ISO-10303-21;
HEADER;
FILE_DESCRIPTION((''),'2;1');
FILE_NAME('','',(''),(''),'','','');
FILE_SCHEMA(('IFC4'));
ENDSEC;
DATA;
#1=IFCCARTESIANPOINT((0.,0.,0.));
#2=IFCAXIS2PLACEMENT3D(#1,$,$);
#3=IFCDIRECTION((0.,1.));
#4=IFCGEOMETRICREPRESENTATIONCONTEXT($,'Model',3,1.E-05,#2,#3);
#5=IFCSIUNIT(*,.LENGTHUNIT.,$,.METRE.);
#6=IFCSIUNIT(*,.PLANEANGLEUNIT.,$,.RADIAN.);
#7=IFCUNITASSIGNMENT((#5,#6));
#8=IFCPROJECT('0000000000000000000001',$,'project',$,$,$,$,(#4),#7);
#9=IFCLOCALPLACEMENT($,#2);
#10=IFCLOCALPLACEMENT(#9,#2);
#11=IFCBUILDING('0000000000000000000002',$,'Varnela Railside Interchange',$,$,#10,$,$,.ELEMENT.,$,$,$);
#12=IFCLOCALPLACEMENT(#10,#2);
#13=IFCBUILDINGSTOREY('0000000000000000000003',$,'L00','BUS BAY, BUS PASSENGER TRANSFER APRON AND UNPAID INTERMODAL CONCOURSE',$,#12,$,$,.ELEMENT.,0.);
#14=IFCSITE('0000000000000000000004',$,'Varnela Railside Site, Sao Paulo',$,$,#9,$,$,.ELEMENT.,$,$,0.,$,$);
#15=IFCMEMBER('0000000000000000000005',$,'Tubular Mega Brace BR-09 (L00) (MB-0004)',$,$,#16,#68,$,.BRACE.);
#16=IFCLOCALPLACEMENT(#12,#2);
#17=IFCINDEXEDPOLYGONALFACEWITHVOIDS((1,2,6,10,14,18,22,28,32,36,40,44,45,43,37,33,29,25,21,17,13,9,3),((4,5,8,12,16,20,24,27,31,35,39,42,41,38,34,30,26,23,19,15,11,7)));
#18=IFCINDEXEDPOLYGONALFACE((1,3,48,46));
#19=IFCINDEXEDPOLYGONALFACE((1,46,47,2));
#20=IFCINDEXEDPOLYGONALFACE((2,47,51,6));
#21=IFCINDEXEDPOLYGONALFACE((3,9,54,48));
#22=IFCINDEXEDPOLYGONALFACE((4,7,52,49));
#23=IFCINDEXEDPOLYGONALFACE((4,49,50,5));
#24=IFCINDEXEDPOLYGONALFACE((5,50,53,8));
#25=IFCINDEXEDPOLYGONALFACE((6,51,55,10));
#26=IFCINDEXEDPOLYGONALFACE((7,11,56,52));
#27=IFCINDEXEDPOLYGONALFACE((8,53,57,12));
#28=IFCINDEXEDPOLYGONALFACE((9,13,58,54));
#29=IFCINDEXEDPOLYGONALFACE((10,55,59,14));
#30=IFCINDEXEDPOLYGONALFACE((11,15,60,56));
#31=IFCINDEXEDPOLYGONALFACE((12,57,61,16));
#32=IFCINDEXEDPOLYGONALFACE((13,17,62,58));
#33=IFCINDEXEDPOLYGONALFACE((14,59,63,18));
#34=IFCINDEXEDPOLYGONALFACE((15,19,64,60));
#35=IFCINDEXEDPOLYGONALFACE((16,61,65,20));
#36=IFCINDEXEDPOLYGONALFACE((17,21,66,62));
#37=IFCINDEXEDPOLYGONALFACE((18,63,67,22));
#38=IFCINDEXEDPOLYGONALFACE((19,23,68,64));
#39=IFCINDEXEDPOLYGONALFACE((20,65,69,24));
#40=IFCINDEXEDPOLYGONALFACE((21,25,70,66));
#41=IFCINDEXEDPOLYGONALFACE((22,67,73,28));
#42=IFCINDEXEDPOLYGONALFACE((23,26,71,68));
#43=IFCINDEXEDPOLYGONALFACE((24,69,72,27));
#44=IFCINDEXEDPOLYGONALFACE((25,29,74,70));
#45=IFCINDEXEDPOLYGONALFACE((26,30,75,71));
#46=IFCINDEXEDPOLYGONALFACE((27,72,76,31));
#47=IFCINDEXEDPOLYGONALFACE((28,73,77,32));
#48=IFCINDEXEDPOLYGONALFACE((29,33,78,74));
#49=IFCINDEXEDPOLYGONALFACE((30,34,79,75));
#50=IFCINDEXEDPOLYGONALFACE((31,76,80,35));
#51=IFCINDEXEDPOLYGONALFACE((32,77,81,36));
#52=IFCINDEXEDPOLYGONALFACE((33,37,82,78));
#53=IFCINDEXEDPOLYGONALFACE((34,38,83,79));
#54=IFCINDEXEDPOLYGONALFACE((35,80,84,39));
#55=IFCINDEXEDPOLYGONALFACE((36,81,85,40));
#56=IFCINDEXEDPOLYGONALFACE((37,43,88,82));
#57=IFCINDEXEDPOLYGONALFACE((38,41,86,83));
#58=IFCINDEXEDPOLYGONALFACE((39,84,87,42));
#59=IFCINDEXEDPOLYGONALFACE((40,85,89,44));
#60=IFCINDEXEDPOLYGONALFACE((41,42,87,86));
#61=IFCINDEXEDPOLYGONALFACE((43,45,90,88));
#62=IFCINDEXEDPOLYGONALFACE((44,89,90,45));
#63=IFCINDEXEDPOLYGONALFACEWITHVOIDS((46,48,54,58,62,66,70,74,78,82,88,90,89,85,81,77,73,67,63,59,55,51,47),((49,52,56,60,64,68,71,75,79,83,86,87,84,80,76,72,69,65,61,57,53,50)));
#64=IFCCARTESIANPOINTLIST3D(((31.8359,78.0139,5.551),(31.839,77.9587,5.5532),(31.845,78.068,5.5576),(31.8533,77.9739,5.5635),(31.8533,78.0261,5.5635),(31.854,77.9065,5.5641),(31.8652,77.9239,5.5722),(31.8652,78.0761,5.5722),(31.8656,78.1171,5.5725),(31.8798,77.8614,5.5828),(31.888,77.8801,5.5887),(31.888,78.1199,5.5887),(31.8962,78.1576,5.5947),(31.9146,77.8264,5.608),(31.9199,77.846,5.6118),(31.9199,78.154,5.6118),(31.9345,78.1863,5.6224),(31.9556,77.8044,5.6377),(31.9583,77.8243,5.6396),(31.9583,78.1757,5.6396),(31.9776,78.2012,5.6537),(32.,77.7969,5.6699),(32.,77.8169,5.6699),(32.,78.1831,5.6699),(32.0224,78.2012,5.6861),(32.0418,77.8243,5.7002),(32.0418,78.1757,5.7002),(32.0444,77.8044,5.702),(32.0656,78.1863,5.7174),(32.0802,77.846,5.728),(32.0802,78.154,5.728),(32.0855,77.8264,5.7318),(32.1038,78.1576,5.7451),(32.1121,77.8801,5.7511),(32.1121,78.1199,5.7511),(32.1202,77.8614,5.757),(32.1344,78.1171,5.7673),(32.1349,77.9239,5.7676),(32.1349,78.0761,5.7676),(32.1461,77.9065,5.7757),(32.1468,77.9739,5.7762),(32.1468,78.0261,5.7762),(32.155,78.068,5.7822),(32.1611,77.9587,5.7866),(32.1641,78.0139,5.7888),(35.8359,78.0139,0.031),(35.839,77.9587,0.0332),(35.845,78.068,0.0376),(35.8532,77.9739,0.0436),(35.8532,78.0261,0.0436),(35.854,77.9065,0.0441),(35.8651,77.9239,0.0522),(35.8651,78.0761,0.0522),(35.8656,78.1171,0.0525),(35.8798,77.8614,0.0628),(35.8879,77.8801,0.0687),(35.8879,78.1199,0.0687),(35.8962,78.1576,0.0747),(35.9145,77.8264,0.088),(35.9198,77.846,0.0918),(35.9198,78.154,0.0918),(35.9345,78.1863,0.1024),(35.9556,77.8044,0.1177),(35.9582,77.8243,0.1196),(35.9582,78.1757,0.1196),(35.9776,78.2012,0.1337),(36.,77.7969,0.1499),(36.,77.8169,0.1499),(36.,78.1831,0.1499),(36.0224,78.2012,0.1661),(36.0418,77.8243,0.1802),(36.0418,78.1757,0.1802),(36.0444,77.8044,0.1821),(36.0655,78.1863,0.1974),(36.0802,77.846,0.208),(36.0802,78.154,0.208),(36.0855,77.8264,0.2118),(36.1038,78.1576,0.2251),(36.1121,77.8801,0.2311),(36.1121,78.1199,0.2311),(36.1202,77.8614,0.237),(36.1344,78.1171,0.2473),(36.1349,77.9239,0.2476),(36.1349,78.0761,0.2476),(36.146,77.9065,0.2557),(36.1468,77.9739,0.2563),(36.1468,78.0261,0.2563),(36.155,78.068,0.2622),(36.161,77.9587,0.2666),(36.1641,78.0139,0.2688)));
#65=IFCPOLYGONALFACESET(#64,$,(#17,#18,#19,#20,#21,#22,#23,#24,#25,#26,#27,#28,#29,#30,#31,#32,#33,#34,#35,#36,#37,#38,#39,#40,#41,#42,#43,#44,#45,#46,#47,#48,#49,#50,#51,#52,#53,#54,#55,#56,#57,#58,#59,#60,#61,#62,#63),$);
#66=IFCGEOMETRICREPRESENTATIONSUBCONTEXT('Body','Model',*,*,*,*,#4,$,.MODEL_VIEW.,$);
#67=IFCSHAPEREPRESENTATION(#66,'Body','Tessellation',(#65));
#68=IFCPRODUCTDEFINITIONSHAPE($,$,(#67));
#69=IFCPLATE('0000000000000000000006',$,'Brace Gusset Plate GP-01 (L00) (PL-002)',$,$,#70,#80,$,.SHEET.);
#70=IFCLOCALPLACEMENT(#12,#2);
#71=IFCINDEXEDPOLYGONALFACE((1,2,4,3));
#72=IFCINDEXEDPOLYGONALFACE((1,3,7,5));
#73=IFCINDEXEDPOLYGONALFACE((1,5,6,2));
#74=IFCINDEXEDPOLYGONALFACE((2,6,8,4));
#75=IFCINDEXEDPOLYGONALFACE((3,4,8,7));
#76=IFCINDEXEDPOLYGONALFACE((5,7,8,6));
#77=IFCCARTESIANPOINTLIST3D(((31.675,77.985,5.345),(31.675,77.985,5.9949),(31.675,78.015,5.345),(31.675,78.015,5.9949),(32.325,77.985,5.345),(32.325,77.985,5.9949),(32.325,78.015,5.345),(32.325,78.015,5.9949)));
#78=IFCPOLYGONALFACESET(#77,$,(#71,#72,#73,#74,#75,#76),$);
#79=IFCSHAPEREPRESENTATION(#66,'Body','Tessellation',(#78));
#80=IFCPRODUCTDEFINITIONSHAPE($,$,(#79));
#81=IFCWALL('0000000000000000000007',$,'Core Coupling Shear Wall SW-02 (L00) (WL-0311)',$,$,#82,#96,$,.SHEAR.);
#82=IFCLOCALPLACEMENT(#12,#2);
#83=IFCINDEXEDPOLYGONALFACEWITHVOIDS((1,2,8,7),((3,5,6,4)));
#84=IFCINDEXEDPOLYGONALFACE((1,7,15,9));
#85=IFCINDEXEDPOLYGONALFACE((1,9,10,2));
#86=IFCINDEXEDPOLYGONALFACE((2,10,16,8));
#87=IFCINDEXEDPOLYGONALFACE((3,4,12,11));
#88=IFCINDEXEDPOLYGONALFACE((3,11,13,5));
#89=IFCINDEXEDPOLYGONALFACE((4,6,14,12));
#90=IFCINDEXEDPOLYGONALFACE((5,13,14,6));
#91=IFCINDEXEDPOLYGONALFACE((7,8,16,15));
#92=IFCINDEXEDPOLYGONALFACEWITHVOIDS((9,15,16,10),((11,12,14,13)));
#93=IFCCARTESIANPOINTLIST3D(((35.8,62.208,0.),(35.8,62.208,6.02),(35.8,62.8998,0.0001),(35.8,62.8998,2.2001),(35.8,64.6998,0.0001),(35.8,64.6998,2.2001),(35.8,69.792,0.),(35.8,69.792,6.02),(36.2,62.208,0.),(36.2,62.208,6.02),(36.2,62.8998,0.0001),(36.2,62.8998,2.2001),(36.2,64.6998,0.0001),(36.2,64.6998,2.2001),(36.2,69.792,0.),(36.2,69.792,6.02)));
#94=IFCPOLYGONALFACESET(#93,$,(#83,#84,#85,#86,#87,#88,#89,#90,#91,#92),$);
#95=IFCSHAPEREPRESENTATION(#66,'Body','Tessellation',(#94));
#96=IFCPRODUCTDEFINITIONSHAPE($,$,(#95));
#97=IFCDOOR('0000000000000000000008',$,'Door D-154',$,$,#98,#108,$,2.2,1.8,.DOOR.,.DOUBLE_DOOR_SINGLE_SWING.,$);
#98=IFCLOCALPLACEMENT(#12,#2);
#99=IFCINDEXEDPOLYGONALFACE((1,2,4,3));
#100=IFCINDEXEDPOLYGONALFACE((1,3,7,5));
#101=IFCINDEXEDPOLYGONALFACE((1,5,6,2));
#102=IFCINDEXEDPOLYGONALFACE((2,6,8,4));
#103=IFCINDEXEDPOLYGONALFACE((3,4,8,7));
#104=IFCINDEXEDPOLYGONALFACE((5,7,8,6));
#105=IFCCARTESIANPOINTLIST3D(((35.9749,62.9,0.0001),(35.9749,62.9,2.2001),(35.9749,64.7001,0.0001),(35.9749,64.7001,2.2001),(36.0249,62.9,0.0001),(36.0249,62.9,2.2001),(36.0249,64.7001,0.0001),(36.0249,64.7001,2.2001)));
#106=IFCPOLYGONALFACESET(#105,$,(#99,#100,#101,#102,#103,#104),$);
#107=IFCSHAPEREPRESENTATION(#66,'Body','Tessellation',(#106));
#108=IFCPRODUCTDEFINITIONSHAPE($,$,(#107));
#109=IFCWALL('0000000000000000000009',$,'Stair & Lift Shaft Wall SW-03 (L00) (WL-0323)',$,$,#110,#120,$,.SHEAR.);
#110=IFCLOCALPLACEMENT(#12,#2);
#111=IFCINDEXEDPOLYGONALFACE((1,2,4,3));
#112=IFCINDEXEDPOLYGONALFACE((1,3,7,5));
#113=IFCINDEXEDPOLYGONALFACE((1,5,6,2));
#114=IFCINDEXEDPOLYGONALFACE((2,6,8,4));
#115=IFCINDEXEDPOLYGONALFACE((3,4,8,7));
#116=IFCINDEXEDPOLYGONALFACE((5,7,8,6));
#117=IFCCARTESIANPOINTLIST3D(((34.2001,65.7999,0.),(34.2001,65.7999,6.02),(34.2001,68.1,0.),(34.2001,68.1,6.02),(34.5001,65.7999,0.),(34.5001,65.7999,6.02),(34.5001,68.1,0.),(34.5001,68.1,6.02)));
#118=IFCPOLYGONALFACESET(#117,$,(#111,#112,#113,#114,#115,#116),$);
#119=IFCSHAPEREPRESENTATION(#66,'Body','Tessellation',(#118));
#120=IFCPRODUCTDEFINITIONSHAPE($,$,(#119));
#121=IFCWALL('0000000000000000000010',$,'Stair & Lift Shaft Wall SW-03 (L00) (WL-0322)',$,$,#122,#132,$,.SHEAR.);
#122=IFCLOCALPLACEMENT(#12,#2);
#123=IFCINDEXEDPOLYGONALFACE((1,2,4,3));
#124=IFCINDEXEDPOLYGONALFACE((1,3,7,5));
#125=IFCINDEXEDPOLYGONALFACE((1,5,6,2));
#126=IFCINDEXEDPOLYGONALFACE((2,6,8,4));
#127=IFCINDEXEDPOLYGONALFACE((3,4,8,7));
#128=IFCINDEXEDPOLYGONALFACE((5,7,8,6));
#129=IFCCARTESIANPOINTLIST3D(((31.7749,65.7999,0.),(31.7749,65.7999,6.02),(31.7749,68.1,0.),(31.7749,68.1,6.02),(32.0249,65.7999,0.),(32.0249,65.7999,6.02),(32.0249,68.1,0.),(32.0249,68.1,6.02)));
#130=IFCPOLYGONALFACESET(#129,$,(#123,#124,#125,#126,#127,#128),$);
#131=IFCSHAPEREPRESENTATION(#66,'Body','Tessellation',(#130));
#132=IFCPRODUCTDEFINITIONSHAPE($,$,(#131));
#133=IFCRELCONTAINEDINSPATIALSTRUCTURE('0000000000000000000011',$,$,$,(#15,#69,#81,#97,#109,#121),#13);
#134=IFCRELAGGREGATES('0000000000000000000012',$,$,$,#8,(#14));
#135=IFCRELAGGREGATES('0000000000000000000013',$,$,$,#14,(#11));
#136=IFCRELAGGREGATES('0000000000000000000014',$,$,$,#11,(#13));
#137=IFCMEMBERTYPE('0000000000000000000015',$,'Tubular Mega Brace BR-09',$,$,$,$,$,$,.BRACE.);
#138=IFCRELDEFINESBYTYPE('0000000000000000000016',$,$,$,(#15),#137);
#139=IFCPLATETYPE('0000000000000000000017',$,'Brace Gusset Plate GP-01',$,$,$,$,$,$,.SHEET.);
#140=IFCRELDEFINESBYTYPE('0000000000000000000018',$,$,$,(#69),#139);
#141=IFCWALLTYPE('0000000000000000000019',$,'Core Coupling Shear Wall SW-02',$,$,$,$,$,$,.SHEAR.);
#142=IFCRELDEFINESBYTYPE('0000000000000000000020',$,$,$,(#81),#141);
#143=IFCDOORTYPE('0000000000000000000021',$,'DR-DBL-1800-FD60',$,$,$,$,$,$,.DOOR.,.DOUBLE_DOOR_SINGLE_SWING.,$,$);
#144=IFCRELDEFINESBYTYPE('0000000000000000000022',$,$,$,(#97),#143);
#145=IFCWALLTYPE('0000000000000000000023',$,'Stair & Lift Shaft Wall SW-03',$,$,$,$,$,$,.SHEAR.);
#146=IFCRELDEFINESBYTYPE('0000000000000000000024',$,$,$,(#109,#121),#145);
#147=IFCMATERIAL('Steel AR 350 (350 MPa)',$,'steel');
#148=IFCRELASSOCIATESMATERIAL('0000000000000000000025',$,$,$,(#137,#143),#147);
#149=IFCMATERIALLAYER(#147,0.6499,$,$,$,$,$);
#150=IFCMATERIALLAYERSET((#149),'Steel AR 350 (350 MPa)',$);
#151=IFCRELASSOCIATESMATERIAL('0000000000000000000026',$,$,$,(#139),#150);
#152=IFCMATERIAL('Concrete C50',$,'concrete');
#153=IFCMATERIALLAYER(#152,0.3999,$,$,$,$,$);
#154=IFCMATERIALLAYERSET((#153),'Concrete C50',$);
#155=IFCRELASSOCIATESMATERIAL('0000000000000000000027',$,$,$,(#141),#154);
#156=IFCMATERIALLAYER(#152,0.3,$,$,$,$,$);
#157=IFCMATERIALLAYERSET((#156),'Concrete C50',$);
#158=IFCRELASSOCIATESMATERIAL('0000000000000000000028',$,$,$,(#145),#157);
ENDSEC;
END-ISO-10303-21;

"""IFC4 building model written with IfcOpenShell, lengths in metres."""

from ifc_helpers import new_model, si_unit, direction, frame, frame_2d, origin, origin_2d, place, context, subcontext, project, spatial, rectangle, hollow_circle, extrude, material, layer, layer_set, material_profile, profile_set, type_object, element, fill, save


model = new_model("IFC4")

# Units and contexts
model_context = context("Model", 3, precision=1e-05, world=origin(), true_north=direction((0.0, 1.0)))
body_context = subcontext(model_context, "Body", "Model", "MODEL_VIEW")
ifc_project = project(units=[si_unit("LENGTHUNIT", "METRE"), si_unit("PLANEANGLEUNIT", "RADIAN")], contexts=[model_context])

# Site, building, storey
site_placement = place(None, origin())
site = spatial("IfcSite", under=ifc_project, at=site_placement, Name="Varnela Railside Site, Sao Paulo", CompositionType="ELEMENT", RefElevation=0.0)
building_placement = place(site_placement, origin())
building = spatial("IfcBuilding", under=site, at=building_placement, Name="Varnela Railside Interchange", CompositionType="ELEMENT")
storey_placement = place(building_placement, origin())
storey = spatial("IfcBuildingStorey", under=building, at=storey_placement, Name="L00", Description="BUS BAY, BUS PASSENGER TRANSFER APRON AND UNPAID INTERMODAL CONCOURSE", CompositionType="ELEMENT", Elevation=0.0)

# Shared definitions
ifc_material_1 = material(Name="Concrete C50", Category="concrete")
ifc_material_2 = material(Name="Steel AR 350 (350 MPa)", Category="steel")

# Member
ifc_material_profile_1 = material_profile(ifc_material_2, hollow_circle(Radius=0.2031, WallThickness=0.02, at=origin_2d()), Name="CHS 406.4x20")
ifc_profile_set_1 = profile_set([ifc_material_profile_1], Name="Steel AR 350 (350 MPa)")
member_type = type_object("IfcMemberType", Name="Tubular Mega Brace BR-09", PredefinedType="BRACE", material=ifc_profile_set_1)
member_placement = place(storey_placement, frame((36.0, 78.0, 0.1499), z_axis=(-0.586774, 0.0, 0.809751), x_axis=(0.0, -1.0, 0.0)))
element("IfcMember", 1, at=member_placement, inside=storey, type_object=member_type, Name="Tubular Mega Brace BR-09 (L00) (MB-0004)", PredefinedType="BRACE", context=body_context, shape_type="SweptSolid", body=[
    extrude(hollow_circle(Radius=0.2031, WallThickness=0.02, at=origin_2d()), origin(), (0.0, 0.0, 1.0), 6.8169),
])

# Plate
ifc_layer_1 = layer(ifc_material_2, 0.6499)
ifc_layer_set_1 = layer_set([ifc_layer_1], Name="Steel AR 350 (350 MPa)")
plate_type = type_object("IfcPlateType", Name="Brace Gusset Plate GP-01", PredefinedType="SHEET", material=ifc_layer_set_1)
plate_placement = place(storey_placement, frame((32.0, 78.0, 5.345), z_axis=(0.0, 0.0, 1.0), x_axis=(1.0, 0.0, 0.0)))
element("IfcPlate", 2, at=plate_placement, inside=storey, type_object=plate_type, Name="Brace Gusset Plate GP-01 (L00) (PL-002)", PredefinedType="SHEET", context=body_context, shape_type="SweptSolid", body=[
    extrude(rectangle(XDim=0.6499, YDim=0.03, at=origin_2d()), origin(), (0.0, 0.0, 1.0), 0.6499),
])

# Wall, opening, door
ifc_layer_2 = layer(ifc_material_1, 0.3999)
ifc_layer_set_2 = layer_set([ifc_layer_2], Name="Concrete C50")
wall_type_1 = type_object("IfcWallType", Name="Core Coupling Shear Wall SW-02", PredefinedType="SHEAR", material=ifc_layer_set_2)
wall_1_placement = place(storey_placement, frame((36.0, 62.208, 0.0), z_axis=(0.0, 0.0, 1.0), x_axis=(0.0, 1.0, 0.0)))
wall_1 = element("IfcWall", 3, at=wall_1_placement, inside=storey, type_object=wall_type_1, Name="Core Coupling Shear Wall SW-02 (L00) (WL-0311)", PredefinedType="SHEAR", context=body_context, shape_type="SweptSolid", body=[
    extrude(rectangle(XDim=7.584, YDim=0.3999, at=frame_2d((3.792, 0.0))), origin(), (0.0, 0.0, 1.0), 6.02),
])
opening_placement = place(wall_1_placement, frame((0.6919, 0.0, 0.0)))
opening = element("IfcOpeningElement", 4, at=opening_placement, cuts=wall_1, PredefinedType="OPENING", context=body_context, shape_type="SweptSolid", body=[
    extrude(rectangle(XDim=1.8, YDim=2.2, at=frame_2d((0.8999, 1.1001))), frame((0.0, 0.21, 0.0), z_axis=(0.0, -1.0, 0.0), x_axis=(1.0, 0.0, 0.0)), (0.0, 0.0, 1.0), 0.4199),
])
door_type = type_object("IfcDoorType", Name="DR-DBL-1800-FD60", OperationType="DOUBLE_DOOR_SINGLE_SWING", PredefinedType="DOOR", material=ifc_material_2)
door_placement = place(opening_placement, frame((1.8, 0.0, 0.0), z_axis=(0.0, 0.0, 1.0), x_axis=(-1.0, 0.0, 0.0)))
door = element("IfcDoor", 5, at=door_placement, inside=storey, type_object=door_type, Name="Door D-154", OperationType="DOUBLE_DOOR_SINGLE_SWING", OverallHeight=2.2, OverallWidth=1.8, PredefinedType="DOOR", context=body_context, shape_type="SweptSolid", body=[
    extrude(rectangle(XDim=1.8, YDim=2.2, at=frame_2d((0.8999, 1.1001))), frame((0.0, 0.0249, 0.0), z_axis=(0.0, -1.0, 0.0), x_axis=(1.0, 0.0, 0.0)), (0.0, 0.0, 1.0), 0.05),
])
fill(opening, door)

# Walls
ifc_layer_3 = layer(ifc_material_1, 0.3)
ifc_layer_set_3 = layer_set([ifc_layer_3], Name="Concrete C50")
wall_type_2 = type_object("IfcWallType", Name="Stair & Lift Shaft Wall SW-03", PredefinedType="SHEAR", material=ifc_layer_set_3)
wall_2_placement = place(storey_placement, frame((34.3501, 65.8, 0.0), z_axis=(0.0, 0.0, 1.0), x_axis=(0.0, 1.0, 0.0)))
element("IfcWall", 6, at=wall_2_placement, inside=storey, type_object=wall_type_2, Name="Stair & Lift Shaft Wall SW-03 (L00) (WL-0323)", PredefinedType="SHEAR", context=body_context, shape_type="SweptSolid", body=[
    extrude(rectangle(XDim=2.3, YDim=0.3, at=frame_2d((1.1499, 0.0))), origin(), (0.0, 0.0, 1.0), 6.02),
])
wall_3_placement = place(storey_placement, frame((31.8999, 65.8, 0.0), z_axis=(0.0, 0.0, 1.0), x_axis=(0.0, 1.0, 0.0)))
element("IfcWall", 7, at=wall_3_placement, inside=storey, type_object=wall_type_2, Name="Stair & Lift Shaft Wall SW-03 (L00) (WL-0322)", PredefinedType="SHEAR", context=body_context, shape_type="SweptSolid", body=[
    extrude(rectangle(XDim=2.3, YDim=0.25, at=frame_2d((1.1499, 0.0))), origin(), (0.0, 0.0, 1.0), 6.02),
])

save(model, "model.ifc")
